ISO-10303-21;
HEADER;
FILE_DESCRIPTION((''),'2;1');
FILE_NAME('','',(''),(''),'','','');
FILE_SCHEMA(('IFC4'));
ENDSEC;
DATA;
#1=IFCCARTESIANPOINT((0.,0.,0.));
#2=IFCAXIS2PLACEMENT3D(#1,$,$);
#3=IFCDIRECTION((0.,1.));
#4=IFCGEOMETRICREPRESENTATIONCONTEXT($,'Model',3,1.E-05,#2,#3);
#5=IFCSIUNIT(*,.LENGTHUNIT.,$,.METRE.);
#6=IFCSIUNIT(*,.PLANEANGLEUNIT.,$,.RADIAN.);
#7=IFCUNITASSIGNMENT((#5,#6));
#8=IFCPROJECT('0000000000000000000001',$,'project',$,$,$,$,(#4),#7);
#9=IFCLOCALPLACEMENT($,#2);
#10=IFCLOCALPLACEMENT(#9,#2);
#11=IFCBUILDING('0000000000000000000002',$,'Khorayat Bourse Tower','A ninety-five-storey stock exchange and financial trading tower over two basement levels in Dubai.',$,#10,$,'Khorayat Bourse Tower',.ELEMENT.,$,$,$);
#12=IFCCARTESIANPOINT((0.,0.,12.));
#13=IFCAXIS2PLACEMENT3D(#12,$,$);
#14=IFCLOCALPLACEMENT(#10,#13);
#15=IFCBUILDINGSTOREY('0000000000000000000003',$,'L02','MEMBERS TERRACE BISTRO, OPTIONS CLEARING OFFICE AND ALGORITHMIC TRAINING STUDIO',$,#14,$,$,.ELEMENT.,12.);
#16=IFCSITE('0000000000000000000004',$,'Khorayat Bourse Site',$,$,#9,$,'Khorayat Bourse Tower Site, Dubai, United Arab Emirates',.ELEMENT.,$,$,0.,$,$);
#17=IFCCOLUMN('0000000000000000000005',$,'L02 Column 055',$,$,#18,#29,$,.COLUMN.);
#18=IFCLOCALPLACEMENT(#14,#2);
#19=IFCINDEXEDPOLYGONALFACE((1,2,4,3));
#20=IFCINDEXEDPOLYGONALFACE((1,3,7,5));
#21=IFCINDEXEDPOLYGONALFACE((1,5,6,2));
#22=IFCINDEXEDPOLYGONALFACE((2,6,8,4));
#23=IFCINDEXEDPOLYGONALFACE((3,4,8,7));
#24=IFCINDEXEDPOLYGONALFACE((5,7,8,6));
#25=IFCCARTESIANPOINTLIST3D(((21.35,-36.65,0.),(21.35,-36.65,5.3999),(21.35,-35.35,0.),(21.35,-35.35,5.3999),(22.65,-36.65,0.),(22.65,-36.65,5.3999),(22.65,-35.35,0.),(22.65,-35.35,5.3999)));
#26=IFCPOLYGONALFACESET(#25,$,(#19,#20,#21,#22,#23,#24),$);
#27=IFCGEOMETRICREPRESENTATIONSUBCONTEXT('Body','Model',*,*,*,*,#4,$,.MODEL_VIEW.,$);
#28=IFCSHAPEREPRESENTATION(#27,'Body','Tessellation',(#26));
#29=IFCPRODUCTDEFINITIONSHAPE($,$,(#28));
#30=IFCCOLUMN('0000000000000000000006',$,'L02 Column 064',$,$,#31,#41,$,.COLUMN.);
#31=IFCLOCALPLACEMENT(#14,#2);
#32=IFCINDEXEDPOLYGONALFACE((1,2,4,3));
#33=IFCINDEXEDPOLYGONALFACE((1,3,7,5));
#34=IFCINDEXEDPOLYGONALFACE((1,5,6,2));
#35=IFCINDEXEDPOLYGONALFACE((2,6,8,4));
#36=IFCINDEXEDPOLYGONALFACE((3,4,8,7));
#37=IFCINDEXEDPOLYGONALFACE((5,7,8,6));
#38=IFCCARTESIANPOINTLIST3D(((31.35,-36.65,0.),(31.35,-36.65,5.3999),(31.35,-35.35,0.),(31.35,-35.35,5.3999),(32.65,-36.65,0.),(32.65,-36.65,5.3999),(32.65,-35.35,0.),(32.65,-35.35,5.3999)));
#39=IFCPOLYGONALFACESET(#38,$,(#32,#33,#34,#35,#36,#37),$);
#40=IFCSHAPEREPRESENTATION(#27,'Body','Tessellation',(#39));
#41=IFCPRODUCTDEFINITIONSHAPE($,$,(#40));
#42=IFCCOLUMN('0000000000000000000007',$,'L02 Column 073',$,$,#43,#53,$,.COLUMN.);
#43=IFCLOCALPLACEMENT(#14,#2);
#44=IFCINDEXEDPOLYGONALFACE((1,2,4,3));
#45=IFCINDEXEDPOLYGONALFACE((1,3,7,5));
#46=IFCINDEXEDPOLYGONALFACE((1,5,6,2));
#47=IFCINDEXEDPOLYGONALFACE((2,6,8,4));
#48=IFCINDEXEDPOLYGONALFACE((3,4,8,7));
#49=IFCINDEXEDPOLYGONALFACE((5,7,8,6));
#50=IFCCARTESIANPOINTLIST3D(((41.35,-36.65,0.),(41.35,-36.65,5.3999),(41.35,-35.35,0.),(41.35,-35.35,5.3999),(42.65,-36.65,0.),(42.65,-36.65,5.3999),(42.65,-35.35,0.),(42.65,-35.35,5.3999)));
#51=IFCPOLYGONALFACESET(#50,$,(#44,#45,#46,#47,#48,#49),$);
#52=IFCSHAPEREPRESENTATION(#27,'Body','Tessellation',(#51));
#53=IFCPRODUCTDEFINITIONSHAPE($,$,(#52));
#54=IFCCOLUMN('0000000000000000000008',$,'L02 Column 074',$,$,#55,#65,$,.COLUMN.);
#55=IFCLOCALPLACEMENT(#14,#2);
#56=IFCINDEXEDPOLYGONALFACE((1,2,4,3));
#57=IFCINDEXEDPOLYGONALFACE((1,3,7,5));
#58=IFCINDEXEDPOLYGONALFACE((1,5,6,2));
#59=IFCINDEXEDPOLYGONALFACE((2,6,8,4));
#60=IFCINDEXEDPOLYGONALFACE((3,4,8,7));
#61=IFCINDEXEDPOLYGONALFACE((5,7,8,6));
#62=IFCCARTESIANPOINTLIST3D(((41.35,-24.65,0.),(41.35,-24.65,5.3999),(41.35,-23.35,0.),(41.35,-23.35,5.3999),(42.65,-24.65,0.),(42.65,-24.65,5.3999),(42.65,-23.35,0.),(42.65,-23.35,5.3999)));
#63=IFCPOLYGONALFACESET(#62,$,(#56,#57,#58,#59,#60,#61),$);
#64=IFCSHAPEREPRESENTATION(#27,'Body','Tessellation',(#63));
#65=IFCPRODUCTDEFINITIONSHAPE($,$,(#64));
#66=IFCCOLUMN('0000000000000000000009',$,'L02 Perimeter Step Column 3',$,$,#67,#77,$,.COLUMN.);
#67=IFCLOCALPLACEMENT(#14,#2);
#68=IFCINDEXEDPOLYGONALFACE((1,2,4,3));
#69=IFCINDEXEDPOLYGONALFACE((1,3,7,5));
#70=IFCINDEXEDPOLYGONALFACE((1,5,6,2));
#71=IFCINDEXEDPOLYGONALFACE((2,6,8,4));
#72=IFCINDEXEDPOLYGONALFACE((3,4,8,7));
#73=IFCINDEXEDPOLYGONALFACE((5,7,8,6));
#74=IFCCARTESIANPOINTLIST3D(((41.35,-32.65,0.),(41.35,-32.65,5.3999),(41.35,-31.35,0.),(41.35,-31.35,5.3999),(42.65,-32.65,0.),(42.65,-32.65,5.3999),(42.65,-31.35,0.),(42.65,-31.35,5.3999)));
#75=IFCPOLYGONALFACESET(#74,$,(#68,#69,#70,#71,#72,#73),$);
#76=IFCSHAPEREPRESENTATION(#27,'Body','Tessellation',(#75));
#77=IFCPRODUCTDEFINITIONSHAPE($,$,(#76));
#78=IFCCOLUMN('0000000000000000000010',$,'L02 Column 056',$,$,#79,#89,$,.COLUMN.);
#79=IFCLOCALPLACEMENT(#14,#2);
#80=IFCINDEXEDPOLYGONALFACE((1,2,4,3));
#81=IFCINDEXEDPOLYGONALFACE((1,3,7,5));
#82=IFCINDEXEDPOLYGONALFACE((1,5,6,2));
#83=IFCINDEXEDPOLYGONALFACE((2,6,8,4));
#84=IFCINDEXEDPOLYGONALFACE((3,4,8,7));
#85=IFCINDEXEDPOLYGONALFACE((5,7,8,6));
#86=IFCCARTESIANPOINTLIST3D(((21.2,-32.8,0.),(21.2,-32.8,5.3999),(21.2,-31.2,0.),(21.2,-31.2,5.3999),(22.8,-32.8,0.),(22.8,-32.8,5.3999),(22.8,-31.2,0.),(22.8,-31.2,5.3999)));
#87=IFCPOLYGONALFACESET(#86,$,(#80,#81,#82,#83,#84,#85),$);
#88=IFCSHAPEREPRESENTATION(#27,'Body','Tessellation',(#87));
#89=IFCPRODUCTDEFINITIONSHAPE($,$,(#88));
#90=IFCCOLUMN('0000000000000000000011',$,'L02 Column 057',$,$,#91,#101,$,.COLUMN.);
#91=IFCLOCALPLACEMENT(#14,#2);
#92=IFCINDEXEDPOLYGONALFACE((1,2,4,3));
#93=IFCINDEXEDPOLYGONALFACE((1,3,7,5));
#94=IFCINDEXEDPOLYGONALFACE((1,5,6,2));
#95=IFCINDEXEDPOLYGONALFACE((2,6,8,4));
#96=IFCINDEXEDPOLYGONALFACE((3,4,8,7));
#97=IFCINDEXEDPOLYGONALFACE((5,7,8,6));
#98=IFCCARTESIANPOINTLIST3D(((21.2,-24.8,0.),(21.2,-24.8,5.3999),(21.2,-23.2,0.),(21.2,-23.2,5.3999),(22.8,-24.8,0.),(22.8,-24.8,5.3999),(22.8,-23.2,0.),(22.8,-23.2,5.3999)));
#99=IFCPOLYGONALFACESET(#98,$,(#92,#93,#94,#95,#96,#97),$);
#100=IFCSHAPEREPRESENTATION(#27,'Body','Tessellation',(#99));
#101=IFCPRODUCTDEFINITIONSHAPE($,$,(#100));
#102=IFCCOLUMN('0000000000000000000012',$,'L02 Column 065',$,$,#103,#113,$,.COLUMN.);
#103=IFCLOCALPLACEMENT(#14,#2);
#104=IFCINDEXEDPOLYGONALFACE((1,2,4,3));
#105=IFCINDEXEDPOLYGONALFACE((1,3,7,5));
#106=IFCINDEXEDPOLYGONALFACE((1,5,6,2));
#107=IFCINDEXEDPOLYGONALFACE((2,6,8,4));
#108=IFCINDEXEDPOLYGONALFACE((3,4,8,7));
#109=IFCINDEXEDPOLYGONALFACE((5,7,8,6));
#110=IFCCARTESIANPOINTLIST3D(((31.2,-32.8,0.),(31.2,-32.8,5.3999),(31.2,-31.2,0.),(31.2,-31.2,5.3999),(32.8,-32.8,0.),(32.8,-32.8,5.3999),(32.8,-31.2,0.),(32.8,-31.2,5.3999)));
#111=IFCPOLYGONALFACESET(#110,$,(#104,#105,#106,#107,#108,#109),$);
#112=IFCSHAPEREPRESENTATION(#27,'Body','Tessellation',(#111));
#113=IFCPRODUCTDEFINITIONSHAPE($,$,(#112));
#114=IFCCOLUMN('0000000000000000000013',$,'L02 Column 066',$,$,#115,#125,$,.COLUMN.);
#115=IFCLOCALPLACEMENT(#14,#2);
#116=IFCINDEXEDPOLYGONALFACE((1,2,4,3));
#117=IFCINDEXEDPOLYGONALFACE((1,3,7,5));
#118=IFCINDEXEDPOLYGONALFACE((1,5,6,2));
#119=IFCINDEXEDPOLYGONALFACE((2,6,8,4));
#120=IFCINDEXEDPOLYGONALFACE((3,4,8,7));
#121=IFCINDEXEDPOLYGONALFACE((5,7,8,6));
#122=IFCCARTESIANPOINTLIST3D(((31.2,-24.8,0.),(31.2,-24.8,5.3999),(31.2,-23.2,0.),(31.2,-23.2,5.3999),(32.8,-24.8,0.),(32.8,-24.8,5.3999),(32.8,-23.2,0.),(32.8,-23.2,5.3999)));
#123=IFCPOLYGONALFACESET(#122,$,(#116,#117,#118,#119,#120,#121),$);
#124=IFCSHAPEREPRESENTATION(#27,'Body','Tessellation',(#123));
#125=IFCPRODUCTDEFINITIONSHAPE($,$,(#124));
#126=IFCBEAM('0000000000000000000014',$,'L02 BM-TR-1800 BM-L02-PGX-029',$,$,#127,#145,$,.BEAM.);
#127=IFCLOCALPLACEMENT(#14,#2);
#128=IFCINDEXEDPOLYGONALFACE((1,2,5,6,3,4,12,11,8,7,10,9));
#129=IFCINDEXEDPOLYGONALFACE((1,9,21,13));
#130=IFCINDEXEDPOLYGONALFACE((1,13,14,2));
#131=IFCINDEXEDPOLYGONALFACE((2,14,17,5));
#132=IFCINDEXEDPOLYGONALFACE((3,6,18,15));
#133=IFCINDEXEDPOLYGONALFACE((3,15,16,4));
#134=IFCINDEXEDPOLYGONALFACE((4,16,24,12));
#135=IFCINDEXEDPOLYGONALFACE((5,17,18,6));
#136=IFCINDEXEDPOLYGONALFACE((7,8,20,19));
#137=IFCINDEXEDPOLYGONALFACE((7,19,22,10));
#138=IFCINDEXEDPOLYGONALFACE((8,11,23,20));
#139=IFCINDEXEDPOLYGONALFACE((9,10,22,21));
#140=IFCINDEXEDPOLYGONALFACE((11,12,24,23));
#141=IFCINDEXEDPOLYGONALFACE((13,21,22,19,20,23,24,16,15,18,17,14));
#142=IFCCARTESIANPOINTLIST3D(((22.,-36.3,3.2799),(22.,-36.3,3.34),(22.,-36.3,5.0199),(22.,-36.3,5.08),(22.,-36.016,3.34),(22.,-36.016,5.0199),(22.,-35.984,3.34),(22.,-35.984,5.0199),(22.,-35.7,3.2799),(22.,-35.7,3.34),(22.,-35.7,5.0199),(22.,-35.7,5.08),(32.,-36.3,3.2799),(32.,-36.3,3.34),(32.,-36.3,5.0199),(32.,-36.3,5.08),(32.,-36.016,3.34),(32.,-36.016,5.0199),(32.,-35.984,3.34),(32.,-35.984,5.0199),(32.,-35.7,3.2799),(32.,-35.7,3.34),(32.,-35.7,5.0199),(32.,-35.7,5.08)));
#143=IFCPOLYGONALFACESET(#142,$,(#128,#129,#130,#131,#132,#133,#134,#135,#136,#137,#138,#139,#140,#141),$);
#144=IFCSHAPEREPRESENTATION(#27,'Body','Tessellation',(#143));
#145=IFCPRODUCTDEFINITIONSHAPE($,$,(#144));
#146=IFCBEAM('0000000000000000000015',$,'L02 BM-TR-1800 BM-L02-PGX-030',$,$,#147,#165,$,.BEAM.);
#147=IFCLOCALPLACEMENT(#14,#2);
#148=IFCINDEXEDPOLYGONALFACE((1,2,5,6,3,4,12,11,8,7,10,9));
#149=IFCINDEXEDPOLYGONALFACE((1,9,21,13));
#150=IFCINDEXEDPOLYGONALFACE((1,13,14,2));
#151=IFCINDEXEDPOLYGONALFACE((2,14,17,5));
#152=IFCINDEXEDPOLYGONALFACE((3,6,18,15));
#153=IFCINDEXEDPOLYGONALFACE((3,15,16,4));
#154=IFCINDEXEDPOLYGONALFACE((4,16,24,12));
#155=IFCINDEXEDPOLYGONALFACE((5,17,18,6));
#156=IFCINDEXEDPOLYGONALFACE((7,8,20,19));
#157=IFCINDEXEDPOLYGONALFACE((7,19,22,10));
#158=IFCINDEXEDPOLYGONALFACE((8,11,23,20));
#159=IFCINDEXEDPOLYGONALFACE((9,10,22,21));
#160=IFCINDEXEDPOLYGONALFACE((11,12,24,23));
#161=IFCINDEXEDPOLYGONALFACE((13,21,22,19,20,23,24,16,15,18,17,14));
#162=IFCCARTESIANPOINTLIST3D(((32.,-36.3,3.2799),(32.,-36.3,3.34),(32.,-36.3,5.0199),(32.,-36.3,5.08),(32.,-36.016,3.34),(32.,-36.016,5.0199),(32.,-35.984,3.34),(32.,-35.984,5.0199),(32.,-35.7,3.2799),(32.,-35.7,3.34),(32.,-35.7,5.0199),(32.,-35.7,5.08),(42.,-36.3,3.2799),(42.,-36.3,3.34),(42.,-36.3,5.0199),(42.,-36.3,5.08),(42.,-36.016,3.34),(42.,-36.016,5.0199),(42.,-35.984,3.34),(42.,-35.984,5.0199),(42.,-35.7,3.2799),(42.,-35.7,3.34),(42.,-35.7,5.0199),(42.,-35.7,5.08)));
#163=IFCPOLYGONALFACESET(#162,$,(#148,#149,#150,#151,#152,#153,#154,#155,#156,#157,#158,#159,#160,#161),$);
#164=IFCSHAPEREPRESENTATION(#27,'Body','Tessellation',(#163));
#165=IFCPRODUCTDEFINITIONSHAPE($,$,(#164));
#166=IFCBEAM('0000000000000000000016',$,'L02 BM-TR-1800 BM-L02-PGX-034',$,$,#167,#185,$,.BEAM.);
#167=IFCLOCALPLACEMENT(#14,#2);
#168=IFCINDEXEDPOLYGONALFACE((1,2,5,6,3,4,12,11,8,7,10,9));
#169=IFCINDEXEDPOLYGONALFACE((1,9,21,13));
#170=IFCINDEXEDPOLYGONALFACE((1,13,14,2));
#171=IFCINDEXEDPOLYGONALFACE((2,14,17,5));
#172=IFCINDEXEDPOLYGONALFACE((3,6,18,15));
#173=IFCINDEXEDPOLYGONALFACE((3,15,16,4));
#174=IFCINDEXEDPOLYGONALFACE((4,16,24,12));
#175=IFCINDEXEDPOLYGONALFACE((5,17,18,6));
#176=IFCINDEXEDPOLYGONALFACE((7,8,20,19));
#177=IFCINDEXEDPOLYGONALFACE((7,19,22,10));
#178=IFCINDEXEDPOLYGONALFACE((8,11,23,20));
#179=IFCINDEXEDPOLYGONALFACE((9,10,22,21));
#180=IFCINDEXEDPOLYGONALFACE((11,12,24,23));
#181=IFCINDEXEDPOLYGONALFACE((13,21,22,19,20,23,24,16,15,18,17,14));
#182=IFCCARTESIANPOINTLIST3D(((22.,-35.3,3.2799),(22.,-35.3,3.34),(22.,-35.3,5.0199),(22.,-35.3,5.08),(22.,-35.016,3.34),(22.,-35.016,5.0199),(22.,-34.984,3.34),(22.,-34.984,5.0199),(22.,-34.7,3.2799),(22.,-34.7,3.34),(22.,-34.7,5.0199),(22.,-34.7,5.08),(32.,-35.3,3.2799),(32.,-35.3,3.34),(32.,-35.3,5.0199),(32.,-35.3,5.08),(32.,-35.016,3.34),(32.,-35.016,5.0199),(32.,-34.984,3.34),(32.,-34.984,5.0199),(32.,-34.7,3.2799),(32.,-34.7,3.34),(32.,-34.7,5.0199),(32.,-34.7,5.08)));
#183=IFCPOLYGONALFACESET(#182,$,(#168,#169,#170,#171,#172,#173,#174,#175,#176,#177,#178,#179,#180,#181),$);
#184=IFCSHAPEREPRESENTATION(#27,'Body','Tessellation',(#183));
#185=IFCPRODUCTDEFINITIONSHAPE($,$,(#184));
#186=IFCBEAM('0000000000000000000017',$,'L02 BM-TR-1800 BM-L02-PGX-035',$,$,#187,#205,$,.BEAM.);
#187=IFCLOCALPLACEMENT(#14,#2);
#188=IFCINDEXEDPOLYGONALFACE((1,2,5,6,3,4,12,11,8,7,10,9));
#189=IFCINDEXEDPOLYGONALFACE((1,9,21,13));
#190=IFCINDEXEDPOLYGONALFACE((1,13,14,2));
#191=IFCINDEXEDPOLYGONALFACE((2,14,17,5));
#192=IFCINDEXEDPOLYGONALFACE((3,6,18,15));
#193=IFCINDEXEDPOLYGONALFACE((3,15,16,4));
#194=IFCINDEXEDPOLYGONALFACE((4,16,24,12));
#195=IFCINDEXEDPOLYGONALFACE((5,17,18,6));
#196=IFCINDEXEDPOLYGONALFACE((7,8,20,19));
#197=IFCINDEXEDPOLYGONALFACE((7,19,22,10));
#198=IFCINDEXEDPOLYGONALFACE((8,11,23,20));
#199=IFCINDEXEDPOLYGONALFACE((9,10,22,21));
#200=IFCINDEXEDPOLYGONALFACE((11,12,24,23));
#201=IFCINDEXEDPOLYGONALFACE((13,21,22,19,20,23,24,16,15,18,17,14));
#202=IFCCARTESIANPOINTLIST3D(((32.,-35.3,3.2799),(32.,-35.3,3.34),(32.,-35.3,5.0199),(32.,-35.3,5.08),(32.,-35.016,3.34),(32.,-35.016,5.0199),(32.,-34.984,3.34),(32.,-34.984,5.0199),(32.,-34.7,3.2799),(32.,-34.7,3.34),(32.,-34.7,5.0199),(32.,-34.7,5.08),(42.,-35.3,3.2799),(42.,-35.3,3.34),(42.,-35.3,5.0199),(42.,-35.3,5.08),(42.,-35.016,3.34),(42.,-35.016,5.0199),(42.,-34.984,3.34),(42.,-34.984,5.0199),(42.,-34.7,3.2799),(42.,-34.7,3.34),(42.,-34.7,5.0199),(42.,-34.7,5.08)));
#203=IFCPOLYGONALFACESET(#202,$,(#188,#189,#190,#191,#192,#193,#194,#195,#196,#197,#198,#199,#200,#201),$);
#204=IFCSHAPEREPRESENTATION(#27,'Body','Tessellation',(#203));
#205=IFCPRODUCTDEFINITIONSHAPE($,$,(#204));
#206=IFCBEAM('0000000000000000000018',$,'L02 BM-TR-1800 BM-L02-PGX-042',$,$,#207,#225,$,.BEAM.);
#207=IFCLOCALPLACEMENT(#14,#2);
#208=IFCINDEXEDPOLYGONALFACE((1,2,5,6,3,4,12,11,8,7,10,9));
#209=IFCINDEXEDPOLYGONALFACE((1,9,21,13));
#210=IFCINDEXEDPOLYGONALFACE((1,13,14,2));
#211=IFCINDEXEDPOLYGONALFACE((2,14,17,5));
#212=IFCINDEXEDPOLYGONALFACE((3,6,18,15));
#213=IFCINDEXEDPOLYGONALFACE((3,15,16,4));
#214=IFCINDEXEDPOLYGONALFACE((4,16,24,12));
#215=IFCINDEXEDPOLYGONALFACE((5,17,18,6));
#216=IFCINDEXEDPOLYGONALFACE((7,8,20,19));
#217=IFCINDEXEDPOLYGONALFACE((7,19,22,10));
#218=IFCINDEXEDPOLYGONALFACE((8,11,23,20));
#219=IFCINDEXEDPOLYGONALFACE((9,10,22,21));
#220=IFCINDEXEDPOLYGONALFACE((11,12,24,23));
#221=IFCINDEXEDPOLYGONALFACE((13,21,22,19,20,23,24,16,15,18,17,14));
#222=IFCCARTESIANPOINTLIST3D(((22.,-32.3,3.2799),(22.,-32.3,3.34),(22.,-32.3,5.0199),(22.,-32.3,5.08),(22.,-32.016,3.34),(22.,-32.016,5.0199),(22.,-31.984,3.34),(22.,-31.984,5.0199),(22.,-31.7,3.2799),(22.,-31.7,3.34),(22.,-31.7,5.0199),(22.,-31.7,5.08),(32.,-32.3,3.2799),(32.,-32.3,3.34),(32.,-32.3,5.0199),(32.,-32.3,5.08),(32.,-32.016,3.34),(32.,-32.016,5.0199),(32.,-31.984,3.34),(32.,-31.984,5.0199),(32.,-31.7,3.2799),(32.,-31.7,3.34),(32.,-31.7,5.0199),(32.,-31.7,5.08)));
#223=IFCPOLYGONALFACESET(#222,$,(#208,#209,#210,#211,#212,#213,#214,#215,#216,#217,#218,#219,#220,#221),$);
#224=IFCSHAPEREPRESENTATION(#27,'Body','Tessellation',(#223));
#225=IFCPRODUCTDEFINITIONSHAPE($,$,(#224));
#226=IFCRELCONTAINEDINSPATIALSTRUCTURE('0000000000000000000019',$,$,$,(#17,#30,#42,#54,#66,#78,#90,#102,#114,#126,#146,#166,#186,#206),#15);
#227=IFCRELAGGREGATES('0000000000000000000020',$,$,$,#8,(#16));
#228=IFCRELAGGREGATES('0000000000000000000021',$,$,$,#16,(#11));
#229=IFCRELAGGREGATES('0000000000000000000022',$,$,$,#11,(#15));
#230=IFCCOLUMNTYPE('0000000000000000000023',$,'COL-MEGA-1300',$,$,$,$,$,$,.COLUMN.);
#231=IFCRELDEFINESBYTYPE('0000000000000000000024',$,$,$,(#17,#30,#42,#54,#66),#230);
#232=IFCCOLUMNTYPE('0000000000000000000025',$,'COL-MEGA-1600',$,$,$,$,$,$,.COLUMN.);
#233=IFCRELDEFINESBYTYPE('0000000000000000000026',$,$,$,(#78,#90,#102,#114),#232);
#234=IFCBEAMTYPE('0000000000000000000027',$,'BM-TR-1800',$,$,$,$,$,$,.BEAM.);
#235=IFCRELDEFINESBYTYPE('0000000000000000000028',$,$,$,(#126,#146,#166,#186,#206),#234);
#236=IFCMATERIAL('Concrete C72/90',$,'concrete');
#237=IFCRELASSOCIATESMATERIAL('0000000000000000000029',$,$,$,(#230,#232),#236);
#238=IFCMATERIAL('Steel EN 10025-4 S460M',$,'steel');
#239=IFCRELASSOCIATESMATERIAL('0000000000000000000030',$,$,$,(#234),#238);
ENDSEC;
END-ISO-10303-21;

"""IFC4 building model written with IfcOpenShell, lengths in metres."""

from ifc_helpers import new_model, si_unit, direction, frame, origin, origin_2d, place, context, subcontext, project, spatial, rectangle, i_section, extrude, source, transform, mapped, material, material_profile, profile_set, type_object, element, save


model = new_model("IFC4")

# Units and contexts
model_context = context("Model", 3, precision=1e-05, world=origin(), true_north=direction((0.0, 1.0)))
body_context = subcontext(model_context, "Body", "Model", "MODEL_VIEW")
ifc_project = project(units=[si_unit("LENGTHUNIT", "METRE"), si_unit("PLANEANGLEUNIT", "RADIAN")], contexts=[model_context])

# Site, building, storey
site_placement = place(None, origin())
site = spatial("IfcSite", under=ifc_project, at=site_placement, Name="Khorayat Bourse Site", LongName="Khorayat Bourse Tower Site, Dubai, United Arab Emirates", CompositionType="ELEMENT", RefElevation=0.0)
building_placement = place(site_placement, origin())
building = spatial("IfcBuilding", under=site, at=building_placement, Name="Khorayat Bourse Tower", Description="A ninety-five-storey stock exchange and financial trading tower over two basement levels in Dubai.", LongName="Khorayat Bourse Tower", CompositionType="ELEMENT")
storey_placement = place(building_placement, frame((0.0, 0.0, 12.0)))
storey = spatial("IfcBuildingStorey", under=building, at=storey_placement, Name="L02", Description="MEMBERS TERRACE BISTRO, OPTIONS CLEARING OFFICE AND ALGORITHMIC TRAINING STUDIO", CompositionType="ELEMENT", Elevation=12.0)

# Columns
ifc_material_1 = material(Name="Concrete C72/90", Category="concrete")
ifc_material_profile_1 = material_profile(ifc_material_1, rectangle(XDim=1.3, YDim=1.3, at=origin_2d()), Name="RC 1300x1300")
ifc_profile_set_1 = profile_set([ifc_material_profile_1], Name="Concrete C72/90")
column_type_1 = type_object("IfcColumnType", Name="COL-MEGA-1300", PredefinedType="COLUMN", material=ifc_profile_set_1)
shared_shape_1 = source(origin(), body_context, "Body", "SweptSolid", [
    extrude(rectangle(XDim=1.3, YDim=1.3, at=origin_2d()), origin(), (0.0, 0.0, 1.0), 5.3999),
])
for number, where, z_axis, x_axis, name in (
    (1, (22.0, -36.0, 0.0), (0.0, 0.0, 1.0), (1.0, 0.0, 0.0), "L02 Column 055"),
    (2, (32.0, -36.0, 0.0), (0.0, 0.0, 1.0), (1.0, 0.0, 0.0), "L02 Column 064"),
    (3, (42.0, -36.0, 0.0), (0.0, 0.0, 1.0), (1.0, 0.0, 0.0), "L02 Column 073"),
    (4, (42.0, -24.0, 0.0), (0.0, 0.0, 1.0), (1.0, 0.0, 0.0), "L02 Column 074"),
    (5, (42.0, -32.0, 0.0), (0.0, 0.0, 1.0), (1.0, 0.0, 0.0), "L02 Perimeter Step Column 3"),
):
    element("IfcColumn", number, at=place(storey_placement, frame(where, z_axis=z_axis, x_axis=x_axis)), inside=storey, type_object=column_type_1, Name=name, PredefinedType="COLUMN", context=body_context, shape_type="MappedRepresentation", body=[
        mapped(shared_shape_1, transform((0.0, 0.0, 0.0), scale=1.0)),
    ])
ifc_material_profile_2 = material_profile(ifc_material_1, rectangle(XDim=1.6001, YDim=1.6001, at=origin_2d()), Name="RC 1600x1600")
ifc_profile_set_2 = profile_set([ifc_material_profile_2], Name="Concrete C72/90")
column_type_2 = type_object("IfcColumnType", Name="COL-MEGA-1600", PredefinedType="COLUMN", material=ifc_profile_set_2)
shared_shape_2 = source(origin(), body_context, "Body", "SweptSolid", [
    extrude(rectangle(XDim=1.6001, YDim=1.6001, at=origin_2d()), origin(), (0.0, 0.0, 1.0), 5.3999),
])
for number, where, z_axis, x_axis, name in (
    (6, (22.0, -32.0, 0.0), (0.0, 0.0, 1.0), (1.0, 0.0, 0.0), "L02 Column 056"),
    (7, (22.0, -24.0, 0.0), (0.0, 0.0, 1.0), (1.0, 0.0, 0.0), "L02 Column 057"),
    (8, (32.0, -32.0, 0.0), (0.0, 0.0, 1.0), (1.0, 0.0, 0.0), "L02 Column 065"),
    (9, (32.0, -24.0, 0.0), (0.0, 0.0, 1.0), (1.0, 0.0, 0.0), "L02 Column 066"),
):
    element("IfcColumn", number, at=place(storey_placement, frame(where, z_axis=z_axis, x_axis=x_axis)), inside=storey, type_object=column_type_2, Name=name, PredefinedType="COLUMN", context=body_context, shape_type="MappedRepresentation", body=[
        mapped(shared_shape_2, transform((0.0, 0.0, 0.0), scale=1.0)),
    ])

# Beams
ifc_material_2 = material(Name="Steel EN 10025-4 S460M", Category="steel")
ifc_material_profile_3 = material_profile(ifc_material_2, i_section(OverallWidth=0.6001, OverallDepth=1.8, WebThickness=0.032, FlangeThickness=0.0601, at=origin_2d()), Name="PG 1800x600x32x60")
ifc_profile_set_3 = profile_set([ifc_material_profile_3], Name="Steel EN 10025-4 S460M")
beam_type_1 = type_object("IfcBeamType", Name="BM-TR-1800", PredefinedType="BEAM", material=ifc_profile_set_3)
shared_shape_3 = source(origin(), body_context, "Body", "SweptSolid", [
    extrude(i_section(OverallWidth=0.6001, OverallDepth=1.8, WebThickness=0.032, FlangeThickness=0.0601, at=origin_2d()), origin(), (0.0, 0.0, 1.0), 10.0),
])
for number, where, z_axis, x_axis, name in (
    (10, (22.0, -36.0, 4.1799), (1.0, 0.0, 0.0), (0.0, 1.0, 0.0), "L02 BM-TR-1800 BM-L02-PGX-029"),
    (11, (32.0, -36.0, 4.1799), (1.0, 0.0, 0.0), (0.0, 1.0, 0.0), "L02 BM-TR-1800 BM-L02-PGX-030"),
    (12, (22.0, -35.0, 4.1799), (1.0, 0.0, 0.0), (0.0, 1.0, 0.0), "L02 BM-TR-1800 BM-L02-PGX-034"),
    (13, (32.0, -35.0, 4.1799), (1.0, 0.0, 0.0), (0.0, 1.0, 0.0), "L02 BM-TR-1800 BM-L02-PGX-035"),
    (14, (22.0, -32.0, 4.1799), (1.0, 0.0, 0.0), (0.0, 1.0, 0.0), "L02 BM-TR-1800 BM-L02-PGX-042"),
):
    element("IfcBeam", number, at=place(storey_placement, frame(where, z_axis=z_axis, x_axis=x_axis)), inside=storey, type_object=beam_type_1, Name=name, PredefinedType="BEAM", context=body_context, shape_type="MappedRepresentation", body=[
        mapped(shared_shape_3, transform((0.0, 0.0, 0.0), scale=1.0)),
    ])

save(model, "model.ifc")
